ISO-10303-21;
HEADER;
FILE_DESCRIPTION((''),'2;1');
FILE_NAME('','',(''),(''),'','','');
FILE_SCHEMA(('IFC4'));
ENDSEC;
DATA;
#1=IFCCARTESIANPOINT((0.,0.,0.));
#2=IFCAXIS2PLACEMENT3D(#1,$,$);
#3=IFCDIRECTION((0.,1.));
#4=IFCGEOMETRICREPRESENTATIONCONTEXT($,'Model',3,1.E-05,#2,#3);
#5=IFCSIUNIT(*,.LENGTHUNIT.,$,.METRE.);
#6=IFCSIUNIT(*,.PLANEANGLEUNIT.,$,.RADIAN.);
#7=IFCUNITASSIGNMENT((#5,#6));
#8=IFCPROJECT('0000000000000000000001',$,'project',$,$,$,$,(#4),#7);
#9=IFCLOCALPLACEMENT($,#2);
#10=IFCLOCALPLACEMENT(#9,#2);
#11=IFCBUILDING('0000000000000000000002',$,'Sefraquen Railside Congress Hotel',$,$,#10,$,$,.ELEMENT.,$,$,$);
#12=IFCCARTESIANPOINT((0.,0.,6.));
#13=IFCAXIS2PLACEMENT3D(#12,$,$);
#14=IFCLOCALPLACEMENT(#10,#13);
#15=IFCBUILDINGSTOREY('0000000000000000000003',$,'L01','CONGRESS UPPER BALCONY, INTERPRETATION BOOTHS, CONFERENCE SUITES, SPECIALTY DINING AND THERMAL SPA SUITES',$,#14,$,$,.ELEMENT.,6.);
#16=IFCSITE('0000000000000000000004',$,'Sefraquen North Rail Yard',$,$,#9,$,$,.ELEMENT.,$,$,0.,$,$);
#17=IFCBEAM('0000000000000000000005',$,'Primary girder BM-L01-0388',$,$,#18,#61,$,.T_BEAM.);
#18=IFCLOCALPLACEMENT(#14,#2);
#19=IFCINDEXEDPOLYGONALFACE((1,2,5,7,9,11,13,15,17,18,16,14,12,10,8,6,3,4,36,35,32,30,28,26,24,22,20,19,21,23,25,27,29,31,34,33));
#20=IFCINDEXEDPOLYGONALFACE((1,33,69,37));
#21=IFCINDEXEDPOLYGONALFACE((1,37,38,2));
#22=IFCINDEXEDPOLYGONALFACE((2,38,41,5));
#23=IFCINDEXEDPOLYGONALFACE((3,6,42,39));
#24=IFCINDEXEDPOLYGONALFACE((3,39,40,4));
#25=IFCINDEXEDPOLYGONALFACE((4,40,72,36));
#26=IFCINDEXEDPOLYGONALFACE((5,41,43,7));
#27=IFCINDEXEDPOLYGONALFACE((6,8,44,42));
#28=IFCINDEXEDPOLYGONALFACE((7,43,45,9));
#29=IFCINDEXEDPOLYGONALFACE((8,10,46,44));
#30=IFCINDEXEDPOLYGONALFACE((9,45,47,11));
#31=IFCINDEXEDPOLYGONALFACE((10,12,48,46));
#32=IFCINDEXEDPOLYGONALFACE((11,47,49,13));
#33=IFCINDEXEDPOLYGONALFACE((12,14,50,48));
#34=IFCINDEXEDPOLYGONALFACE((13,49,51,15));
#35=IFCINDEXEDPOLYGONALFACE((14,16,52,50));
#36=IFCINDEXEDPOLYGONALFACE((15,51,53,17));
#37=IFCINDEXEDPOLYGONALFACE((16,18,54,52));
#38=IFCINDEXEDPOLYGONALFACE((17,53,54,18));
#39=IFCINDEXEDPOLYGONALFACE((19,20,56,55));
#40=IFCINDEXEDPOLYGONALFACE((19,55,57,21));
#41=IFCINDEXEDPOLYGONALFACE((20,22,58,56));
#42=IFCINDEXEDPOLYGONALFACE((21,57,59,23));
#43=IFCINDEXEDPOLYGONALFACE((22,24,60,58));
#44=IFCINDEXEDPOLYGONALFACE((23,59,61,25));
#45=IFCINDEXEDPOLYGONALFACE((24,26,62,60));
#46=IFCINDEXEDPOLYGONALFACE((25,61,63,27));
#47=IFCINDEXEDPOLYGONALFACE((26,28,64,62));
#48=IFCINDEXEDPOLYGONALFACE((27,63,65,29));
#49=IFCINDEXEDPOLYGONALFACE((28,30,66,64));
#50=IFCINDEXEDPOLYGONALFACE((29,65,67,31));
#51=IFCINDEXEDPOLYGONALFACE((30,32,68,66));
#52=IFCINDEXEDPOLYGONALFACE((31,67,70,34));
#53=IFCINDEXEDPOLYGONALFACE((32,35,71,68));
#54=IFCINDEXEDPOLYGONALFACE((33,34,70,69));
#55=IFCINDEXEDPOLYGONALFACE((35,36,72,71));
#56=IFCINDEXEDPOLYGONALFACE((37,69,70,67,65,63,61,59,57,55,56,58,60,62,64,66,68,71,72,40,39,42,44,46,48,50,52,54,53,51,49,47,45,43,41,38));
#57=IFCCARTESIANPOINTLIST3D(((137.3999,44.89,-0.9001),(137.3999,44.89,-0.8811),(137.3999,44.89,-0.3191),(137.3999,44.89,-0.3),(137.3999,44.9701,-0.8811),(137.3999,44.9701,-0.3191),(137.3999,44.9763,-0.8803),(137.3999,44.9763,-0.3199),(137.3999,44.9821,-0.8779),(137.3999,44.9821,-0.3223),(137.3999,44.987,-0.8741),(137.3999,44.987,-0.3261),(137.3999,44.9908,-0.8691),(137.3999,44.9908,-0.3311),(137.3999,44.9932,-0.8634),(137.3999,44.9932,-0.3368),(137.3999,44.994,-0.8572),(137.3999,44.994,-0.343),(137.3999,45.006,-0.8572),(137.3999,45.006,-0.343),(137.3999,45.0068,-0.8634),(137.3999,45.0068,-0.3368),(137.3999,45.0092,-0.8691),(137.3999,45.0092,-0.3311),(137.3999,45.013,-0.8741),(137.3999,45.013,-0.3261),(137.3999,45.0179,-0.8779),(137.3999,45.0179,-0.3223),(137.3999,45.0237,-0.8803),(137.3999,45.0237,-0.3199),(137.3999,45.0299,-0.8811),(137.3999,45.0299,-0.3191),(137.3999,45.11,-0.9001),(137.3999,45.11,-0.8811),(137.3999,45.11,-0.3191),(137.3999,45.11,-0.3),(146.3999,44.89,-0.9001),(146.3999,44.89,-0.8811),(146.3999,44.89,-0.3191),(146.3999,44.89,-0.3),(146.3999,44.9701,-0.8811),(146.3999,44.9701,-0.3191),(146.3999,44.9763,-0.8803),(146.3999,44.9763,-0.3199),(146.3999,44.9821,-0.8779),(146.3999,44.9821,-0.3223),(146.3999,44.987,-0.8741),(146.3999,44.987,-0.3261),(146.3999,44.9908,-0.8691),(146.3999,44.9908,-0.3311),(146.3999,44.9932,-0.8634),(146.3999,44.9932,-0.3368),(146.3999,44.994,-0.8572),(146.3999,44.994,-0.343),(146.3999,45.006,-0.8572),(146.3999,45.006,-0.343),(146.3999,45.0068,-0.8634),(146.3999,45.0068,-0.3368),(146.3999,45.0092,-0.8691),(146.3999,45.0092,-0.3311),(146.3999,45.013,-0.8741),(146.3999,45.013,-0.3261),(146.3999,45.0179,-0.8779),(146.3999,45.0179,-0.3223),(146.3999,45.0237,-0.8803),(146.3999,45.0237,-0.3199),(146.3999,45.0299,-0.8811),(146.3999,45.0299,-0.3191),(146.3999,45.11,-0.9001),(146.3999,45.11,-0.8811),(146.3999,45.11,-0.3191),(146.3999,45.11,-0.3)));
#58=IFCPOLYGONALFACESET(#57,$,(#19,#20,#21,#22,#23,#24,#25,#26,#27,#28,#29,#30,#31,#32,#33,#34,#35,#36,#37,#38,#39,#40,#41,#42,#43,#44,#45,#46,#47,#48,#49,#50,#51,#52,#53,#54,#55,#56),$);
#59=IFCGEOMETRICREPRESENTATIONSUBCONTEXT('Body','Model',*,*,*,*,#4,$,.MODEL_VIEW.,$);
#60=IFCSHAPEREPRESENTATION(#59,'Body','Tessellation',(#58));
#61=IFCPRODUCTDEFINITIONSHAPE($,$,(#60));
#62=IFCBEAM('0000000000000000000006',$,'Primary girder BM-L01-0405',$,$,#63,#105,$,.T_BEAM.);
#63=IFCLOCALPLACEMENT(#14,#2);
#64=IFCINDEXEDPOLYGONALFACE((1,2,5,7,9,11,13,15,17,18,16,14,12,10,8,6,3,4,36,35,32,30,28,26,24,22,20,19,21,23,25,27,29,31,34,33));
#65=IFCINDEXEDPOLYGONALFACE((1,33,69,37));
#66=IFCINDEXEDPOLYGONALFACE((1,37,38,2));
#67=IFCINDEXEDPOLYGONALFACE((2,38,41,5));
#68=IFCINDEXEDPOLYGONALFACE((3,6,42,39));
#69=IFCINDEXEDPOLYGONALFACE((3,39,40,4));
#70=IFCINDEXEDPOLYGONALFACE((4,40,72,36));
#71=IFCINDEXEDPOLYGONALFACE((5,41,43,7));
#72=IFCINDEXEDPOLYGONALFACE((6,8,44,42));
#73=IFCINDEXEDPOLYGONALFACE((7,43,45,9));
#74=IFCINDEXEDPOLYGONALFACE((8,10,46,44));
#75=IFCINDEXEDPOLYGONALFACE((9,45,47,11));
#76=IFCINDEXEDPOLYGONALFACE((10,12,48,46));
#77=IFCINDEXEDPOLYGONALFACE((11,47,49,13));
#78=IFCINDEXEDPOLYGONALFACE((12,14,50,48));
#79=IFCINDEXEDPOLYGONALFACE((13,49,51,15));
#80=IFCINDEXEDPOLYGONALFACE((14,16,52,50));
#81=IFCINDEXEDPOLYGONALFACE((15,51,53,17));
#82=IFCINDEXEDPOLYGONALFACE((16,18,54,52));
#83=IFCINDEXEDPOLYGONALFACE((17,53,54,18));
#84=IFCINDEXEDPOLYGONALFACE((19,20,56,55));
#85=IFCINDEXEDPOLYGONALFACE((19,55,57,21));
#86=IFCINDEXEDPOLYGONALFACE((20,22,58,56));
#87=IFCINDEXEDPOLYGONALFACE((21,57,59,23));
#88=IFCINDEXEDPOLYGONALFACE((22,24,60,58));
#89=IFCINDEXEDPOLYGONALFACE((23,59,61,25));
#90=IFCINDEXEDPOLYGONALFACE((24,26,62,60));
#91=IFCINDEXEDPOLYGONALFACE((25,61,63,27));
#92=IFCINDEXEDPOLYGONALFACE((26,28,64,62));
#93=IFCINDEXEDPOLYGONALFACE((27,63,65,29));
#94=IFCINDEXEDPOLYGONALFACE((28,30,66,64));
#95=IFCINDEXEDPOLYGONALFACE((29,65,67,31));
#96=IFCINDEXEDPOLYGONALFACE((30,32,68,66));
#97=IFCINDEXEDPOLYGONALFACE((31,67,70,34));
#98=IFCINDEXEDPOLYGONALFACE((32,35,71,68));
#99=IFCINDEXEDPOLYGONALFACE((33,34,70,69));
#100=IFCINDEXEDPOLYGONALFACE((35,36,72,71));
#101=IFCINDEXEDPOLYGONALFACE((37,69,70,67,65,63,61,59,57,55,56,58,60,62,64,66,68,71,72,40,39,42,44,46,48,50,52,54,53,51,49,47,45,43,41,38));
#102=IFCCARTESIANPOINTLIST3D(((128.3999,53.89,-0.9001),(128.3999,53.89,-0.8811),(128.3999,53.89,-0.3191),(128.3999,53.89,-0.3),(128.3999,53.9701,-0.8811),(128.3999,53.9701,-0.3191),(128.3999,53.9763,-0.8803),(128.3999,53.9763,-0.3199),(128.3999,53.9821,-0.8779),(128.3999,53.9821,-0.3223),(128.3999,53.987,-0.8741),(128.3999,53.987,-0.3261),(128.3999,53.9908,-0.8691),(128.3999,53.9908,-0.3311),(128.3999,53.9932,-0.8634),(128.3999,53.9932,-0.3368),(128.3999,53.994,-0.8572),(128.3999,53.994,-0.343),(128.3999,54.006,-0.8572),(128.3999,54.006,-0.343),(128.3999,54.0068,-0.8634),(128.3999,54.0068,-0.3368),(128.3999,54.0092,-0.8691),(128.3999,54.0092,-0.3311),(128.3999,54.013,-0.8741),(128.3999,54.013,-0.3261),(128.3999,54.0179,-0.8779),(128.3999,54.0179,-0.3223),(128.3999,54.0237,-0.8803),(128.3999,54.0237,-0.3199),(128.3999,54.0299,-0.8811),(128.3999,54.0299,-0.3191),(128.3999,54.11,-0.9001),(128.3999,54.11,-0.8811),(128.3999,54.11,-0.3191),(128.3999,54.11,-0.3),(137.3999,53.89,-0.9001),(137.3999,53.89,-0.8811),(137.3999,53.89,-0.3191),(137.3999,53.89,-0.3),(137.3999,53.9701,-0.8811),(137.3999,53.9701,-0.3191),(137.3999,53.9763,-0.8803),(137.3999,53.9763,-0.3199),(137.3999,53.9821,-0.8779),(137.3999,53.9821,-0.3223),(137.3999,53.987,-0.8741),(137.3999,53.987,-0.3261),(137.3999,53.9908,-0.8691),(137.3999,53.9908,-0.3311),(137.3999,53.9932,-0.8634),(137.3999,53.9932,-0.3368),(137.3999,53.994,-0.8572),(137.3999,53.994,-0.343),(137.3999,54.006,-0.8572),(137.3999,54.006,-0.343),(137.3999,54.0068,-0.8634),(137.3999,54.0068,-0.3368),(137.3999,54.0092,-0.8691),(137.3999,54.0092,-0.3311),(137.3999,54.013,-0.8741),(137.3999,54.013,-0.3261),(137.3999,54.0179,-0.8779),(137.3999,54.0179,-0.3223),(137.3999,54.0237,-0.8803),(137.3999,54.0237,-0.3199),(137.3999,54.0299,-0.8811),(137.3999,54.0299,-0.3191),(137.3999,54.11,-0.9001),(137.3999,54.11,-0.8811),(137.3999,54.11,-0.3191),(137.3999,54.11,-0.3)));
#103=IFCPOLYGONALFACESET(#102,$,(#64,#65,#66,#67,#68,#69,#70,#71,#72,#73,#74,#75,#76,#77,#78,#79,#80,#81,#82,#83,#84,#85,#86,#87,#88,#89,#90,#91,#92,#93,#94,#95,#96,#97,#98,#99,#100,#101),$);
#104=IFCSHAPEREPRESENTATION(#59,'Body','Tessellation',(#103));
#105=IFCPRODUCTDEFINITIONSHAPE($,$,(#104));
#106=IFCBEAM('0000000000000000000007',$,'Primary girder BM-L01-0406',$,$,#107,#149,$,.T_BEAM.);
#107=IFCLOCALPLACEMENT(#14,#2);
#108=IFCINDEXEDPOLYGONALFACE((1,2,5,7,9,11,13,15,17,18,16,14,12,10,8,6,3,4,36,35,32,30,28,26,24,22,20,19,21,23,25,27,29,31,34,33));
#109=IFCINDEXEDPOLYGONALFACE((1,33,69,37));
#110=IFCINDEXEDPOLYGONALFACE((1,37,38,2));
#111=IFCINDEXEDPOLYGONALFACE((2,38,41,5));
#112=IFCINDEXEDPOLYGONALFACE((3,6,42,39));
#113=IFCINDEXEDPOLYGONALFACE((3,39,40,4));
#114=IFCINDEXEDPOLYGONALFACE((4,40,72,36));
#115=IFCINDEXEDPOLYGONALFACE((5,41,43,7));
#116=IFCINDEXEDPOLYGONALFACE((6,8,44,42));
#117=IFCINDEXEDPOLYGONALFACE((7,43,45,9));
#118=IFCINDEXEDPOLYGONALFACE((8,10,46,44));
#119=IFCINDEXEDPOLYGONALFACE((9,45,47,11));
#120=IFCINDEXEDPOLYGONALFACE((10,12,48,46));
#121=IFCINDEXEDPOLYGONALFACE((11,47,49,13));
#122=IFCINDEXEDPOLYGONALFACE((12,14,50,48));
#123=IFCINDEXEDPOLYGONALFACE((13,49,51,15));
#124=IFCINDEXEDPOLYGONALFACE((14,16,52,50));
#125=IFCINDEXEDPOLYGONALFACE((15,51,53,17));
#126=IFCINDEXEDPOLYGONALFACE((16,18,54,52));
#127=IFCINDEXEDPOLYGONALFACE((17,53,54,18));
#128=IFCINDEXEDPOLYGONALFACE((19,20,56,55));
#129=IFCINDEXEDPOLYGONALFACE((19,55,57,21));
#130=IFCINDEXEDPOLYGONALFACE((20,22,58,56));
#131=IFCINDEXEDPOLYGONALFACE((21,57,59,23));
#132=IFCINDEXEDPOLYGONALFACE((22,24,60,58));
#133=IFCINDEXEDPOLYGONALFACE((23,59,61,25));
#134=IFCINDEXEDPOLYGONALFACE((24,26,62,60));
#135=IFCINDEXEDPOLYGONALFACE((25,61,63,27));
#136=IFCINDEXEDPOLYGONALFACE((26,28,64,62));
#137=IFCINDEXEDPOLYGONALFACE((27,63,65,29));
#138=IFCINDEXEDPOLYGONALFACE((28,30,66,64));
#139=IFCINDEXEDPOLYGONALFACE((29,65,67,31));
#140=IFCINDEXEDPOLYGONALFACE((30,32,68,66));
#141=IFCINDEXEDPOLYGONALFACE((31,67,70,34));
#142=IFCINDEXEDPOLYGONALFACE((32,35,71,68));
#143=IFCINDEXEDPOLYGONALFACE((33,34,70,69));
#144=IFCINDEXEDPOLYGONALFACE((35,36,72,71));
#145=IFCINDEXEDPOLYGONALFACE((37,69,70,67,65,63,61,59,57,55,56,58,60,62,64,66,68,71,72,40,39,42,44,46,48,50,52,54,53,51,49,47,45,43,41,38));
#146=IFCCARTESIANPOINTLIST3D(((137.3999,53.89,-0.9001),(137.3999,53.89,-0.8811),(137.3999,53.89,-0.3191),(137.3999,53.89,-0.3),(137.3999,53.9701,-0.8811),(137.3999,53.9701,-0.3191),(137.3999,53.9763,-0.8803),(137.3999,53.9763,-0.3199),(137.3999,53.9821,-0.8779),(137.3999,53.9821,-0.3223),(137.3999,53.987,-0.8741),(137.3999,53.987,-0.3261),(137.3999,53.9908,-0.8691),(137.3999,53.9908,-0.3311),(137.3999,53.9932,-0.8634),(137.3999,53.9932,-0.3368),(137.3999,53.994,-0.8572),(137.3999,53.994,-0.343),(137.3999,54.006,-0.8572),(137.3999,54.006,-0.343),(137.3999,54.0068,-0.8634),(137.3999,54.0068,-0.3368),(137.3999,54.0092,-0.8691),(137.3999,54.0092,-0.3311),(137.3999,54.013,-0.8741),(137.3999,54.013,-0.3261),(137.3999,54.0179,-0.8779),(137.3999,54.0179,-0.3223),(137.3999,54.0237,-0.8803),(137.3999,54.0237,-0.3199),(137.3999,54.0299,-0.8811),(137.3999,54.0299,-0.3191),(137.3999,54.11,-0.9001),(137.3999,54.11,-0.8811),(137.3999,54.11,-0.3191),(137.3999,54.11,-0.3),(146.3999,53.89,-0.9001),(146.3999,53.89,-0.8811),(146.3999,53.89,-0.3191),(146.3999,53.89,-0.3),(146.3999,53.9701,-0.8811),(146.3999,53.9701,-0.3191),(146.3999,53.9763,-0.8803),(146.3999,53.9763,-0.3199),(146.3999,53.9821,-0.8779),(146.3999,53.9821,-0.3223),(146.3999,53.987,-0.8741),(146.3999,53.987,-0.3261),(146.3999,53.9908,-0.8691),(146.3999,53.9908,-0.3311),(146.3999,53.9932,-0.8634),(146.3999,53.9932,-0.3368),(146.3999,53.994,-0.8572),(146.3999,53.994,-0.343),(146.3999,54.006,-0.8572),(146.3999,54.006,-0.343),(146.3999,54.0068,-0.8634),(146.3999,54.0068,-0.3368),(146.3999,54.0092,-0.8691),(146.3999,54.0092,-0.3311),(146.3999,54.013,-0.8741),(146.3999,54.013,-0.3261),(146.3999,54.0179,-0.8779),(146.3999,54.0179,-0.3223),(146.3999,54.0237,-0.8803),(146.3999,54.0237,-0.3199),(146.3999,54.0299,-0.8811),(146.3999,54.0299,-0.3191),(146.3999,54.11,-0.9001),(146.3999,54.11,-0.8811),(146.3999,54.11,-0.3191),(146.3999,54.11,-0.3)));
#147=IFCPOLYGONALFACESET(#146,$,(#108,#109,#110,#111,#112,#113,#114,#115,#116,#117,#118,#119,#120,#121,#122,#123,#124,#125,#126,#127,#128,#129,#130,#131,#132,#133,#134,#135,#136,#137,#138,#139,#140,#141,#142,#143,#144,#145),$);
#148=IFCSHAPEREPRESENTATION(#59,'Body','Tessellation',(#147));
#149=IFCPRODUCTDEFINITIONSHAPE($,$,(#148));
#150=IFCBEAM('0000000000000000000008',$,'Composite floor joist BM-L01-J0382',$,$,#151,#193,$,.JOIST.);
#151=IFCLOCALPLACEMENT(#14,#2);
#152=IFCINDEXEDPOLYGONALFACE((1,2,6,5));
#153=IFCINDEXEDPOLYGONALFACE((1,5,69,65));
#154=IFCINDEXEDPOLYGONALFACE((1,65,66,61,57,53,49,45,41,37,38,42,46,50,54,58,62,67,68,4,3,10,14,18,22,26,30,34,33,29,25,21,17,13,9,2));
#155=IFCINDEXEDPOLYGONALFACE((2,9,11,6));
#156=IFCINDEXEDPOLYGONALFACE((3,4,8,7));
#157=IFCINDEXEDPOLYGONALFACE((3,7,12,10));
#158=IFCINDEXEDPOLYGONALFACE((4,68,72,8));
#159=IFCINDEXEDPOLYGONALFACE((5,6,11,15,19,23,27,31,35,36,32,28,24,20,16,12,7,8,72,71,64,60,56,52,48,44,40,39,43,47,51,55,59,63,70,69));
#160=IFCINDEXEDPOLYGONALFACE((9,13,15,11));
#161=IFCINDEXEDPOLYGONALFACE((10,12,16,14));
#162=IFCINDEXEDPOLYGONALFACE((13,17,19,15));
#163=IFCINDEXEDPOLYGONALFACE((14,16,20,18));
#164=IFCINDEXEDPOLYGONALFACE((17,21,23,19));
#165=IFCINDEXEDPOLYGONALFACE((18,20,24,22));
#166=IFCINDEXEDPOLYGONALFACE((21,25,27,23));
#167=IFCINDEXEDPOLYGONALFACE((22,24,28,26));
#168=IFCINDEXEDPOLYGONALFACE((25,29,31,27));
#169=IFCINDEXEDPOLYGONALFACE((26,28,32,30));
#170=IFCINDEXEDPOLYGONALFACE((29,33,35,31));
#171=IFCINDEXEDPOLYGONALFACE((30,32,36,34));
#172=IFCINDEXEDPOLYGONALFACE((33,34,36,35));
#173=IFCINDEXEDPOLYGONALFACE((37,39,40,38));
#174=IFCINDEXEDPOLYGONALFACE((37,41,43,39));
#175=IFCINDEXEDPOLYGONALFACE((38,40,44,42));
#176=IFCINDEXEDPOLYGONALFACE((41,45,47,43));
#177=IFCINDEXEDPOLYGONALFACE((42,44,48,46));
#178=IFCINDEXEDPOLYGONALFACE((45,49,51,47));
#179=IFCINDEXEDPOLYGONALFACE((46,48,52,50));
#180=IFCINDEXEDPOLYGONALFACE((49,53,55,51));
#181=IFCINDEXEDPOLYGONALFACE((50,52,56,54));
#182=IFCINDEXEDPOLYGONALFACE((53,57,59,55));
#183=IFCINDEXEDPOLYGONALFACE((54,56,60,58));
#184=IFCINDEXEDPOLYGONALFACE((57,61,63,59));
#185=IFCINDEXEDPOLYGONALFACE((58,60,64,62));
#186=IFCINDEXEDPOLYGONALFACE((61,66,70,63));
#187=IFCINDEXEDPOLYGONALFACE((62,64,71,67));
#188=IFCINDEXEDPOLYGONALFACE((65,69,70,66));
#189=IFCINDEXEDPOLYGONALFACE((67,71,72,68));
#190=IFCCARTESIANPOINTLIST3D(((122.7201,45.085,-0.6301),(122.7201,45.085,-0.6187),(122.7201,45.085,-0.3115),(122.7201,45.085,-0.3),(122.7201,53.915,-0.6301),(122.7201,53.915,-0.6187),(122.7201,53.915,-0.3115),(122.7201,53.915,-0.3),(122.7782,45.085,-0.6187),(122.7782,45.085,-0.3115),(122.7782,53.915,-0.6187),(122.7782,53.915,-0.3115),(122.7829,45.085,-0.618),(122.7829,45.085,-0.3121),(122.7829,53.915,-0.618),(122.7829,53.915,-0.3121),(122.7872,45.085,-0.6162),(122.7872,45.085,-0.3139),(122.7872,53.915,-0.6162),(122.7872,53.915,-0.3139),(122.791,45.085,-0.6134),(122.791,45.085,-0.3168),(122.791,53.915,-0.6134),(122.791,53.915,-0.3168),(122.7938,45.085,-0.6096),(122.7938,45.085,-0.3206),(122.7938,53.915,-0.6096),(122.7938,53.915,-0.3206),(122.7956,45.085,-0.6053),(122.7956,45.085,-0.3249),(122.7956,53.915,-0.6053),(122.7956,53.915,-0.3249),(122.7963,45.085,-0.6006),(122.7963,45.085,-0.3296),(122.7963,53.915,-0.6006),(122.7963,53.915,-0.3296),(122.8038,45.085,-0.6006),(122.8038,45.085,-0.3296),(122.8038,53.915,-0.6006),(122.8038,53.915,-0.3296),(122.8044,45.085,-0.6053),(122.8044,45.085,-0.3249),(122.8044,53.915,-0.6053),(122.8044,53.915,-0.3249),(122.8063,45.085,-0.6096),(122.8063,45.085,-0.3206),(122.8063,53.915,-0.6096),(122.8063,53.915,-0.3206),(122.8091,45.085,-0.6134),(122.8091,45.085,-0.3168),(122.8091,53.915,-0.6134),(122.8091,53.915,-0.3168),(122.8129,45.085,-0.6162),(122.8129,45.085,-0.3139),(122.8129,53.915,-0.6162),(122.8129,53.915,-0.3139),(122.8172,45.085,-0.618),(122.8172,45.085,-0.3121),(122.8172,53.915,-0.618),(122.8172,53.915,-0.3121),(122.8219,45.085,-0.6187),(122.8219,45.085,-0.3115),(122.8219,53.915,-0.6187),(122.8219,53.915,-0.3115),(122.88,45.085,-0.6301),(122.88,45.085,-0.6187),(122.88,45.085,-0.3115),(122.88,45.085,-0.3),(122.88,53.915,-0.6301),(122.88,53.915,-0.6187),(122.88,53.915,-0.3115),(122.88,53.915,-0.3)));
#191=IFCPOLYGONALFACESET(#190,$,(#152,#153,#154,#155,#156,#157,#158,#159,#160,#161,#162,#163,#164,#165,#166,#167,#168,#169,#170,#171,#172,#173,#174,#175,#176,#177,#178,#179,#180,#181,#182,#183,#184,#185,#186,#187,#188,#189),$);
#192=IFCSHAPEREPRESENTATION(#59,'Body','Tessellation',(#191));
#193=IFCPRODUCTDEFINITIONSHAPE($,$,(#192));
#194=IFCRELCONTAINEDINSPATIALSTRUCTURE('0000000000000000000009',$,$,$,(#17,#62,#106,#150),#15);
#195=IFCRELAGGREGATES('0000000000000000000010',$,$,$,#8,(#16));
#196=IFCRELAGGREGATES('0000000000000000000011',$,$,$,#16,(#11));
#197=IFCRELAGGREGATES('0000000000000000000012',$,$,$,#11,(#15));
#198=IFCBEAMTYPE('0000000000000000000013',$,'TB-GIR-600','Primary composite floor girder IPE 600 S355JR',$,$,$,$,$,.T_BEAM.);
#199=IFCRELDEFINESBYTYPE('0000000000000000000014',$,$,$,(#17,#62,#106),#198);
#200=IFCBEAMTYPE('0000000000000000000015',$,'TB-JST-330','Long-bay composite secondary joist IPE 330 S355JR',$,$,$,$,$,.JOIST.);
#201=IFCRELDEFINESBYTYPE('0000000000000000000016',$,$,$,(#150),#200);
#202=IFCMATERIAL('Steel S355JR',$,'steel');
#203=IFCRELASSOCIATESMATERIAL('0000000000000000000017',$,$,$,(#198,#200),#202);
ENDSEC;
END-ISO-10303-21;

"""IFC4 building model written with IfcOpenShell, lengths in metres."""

from ifc_helpers import new_model, si_unit, direction, frame, origin, origin_2d, place, context, subcontext, project, spatial, i_section, extrude, material, material_profile, profile_set, type_object, element, save


model = new_model("IFC4")

# Units and contexts
model_context = context("Model", 3, precision=1e-05, world=origin(), true_north=direction((0.0, 1.0)))
body_context = subcontext(model_context, "Body", "Model", "MODEL_VIEW")
ifc_project = project(units=[si_unit("LENGTHUNIT", "METRE"), si_unit("PLANEANGLEUNIT", "RADIAN")], contexts=[model_context])

# Site, building, storey
site_placement = place(None, origin())
site = spatial("IfcSite", under=ifc_project, at=site_placement, Name="Sefraquen North Rail Yard", CompositionType="ELEMENT", RefElevation=0.0)
building_placement = place(site_placement, origin())
building = spatial("IfcBuilding", under=site, at=building_placement, Name="Sefraquen Railside Congress Hotel", CompositionType="ELEMENT")
storey_placement = place(building_placement, frame((0.0, 0.0, 6.0)))
storey = spatial("IfcBuildingStorey", under=building, at=storey_placement, Name="L01", Description="CONGRESS UPPER BALCONY, INTERPRETATION BOOTHS, CONFERENCE SUITES, SPECIALTY DINING AND THERMAL SPA SUITES", CompositionType="ELEMENT", Elevation=6.0)

# Shared definitions
ifc_material_1 = material(Name="Steel S355JR", Category="steel")

# Beams
ifc_material_profile_1 = material_profile(ifc_material_1, i_section(OverallWidth=0.22, OverallDepth=0.6001, WebThickness=0.012, FlangeThickness=0.019, FilletRadius=0.0239, at=origin_2d()), Name="IPE 600")
ifc_profile_set_1 = profile_set([ifc_material_profile_1], Name="Steel S355JR")
beam_type_1 = type_object("IfcBeamType", Name="TB-GIR-600", Description="Primary composite floor girder IPE 600 S355JR", PredefinedType="T_BEAM", material=ifc_profile_set_1)
for number, where, z_axis, x_axis, name in (
    (1, (137.3999, 45.0, -0.6001), (1.0, 0.0, 0.0), (0.0, 1.0, 0.0), "Primary girder BM-L01-0388"),
    (2, (128.3999, 54.0, -0.6001), (1.0, 0.0, 0.0), (0.0, 1.0, 0.0), "Primary girder BM-L01-0405"),
    (3, (137.3999, 54.0, -0.6001), (1.0, 0.0, 0.0), (0.0, 1.0, 0.0), "Primary girder BM-L01-0406"),
):
    element("IfcBeam", number, at=place(storey_placement, frame(where, z_axis=z_axis, x_axis=x_axis)), inside=storey, type_object=beam_type_1, Name=name, PredefinedType="T_BEAM", context=body_context, shape_type="SweptSolid", body=[
        extrude(i_section(OverallWidth=0.22, OverallDepth=0.6001, WebThickness=0.012, FlangeThickness=0.019, FilletRadius=0.0239, at=origin_2d()), origin(), (0.0, 0.0, 1.0), 9.0),
    ])
ifc_material_profile_2 = material_profile(ifc_material_1, i_section(OverallWidth=0.1599, OverallDepth=0.3301, WebThickness=0.0076, FlangeThickness=0.0115, FilletRadius=0.0181, at=origin_2d()), Name="IPE 330")
ifc_profile_set_2 = profile_set([ifc_material_profile_2], Name="Steel S355JR")
beam_type_2 = type_object("IfcBeamType", Name="TB-JST-330", Description="Long-bay composite secondary joist IPE 330 S355JR", PredefinedType="JOIST", material=ifc_profile_set_2)
for number, where, z_axis, x_axis, name in (
    (4, (122.8, 45.085, -0.4651), (0.0, 1.0, 0.0), (-1.0, 0.0, 0.0), "Composite floor joist BM-L01-J0382"),
):
    element("IfcBeam", number, at=place(storey_placement, frame(where, z_axis=z_axis, x_axis=x_axis)), inside=storey, type_object=beam_type_2, Name=name, PredefinedType="JOIST", context=body_context, shape_type="SweptSolid", body=[
        extrude(i_section(OverallWidth=0.1599, OverallDepth=0.3301, WebThickness=0.0076, FlangeThickness=0.0115, FilletRadius=0.0181, at=origin_2d()), origin(), (0.0, 0.0, 1.0), 8.8301),
    ])

save(model, "model.ifc")
